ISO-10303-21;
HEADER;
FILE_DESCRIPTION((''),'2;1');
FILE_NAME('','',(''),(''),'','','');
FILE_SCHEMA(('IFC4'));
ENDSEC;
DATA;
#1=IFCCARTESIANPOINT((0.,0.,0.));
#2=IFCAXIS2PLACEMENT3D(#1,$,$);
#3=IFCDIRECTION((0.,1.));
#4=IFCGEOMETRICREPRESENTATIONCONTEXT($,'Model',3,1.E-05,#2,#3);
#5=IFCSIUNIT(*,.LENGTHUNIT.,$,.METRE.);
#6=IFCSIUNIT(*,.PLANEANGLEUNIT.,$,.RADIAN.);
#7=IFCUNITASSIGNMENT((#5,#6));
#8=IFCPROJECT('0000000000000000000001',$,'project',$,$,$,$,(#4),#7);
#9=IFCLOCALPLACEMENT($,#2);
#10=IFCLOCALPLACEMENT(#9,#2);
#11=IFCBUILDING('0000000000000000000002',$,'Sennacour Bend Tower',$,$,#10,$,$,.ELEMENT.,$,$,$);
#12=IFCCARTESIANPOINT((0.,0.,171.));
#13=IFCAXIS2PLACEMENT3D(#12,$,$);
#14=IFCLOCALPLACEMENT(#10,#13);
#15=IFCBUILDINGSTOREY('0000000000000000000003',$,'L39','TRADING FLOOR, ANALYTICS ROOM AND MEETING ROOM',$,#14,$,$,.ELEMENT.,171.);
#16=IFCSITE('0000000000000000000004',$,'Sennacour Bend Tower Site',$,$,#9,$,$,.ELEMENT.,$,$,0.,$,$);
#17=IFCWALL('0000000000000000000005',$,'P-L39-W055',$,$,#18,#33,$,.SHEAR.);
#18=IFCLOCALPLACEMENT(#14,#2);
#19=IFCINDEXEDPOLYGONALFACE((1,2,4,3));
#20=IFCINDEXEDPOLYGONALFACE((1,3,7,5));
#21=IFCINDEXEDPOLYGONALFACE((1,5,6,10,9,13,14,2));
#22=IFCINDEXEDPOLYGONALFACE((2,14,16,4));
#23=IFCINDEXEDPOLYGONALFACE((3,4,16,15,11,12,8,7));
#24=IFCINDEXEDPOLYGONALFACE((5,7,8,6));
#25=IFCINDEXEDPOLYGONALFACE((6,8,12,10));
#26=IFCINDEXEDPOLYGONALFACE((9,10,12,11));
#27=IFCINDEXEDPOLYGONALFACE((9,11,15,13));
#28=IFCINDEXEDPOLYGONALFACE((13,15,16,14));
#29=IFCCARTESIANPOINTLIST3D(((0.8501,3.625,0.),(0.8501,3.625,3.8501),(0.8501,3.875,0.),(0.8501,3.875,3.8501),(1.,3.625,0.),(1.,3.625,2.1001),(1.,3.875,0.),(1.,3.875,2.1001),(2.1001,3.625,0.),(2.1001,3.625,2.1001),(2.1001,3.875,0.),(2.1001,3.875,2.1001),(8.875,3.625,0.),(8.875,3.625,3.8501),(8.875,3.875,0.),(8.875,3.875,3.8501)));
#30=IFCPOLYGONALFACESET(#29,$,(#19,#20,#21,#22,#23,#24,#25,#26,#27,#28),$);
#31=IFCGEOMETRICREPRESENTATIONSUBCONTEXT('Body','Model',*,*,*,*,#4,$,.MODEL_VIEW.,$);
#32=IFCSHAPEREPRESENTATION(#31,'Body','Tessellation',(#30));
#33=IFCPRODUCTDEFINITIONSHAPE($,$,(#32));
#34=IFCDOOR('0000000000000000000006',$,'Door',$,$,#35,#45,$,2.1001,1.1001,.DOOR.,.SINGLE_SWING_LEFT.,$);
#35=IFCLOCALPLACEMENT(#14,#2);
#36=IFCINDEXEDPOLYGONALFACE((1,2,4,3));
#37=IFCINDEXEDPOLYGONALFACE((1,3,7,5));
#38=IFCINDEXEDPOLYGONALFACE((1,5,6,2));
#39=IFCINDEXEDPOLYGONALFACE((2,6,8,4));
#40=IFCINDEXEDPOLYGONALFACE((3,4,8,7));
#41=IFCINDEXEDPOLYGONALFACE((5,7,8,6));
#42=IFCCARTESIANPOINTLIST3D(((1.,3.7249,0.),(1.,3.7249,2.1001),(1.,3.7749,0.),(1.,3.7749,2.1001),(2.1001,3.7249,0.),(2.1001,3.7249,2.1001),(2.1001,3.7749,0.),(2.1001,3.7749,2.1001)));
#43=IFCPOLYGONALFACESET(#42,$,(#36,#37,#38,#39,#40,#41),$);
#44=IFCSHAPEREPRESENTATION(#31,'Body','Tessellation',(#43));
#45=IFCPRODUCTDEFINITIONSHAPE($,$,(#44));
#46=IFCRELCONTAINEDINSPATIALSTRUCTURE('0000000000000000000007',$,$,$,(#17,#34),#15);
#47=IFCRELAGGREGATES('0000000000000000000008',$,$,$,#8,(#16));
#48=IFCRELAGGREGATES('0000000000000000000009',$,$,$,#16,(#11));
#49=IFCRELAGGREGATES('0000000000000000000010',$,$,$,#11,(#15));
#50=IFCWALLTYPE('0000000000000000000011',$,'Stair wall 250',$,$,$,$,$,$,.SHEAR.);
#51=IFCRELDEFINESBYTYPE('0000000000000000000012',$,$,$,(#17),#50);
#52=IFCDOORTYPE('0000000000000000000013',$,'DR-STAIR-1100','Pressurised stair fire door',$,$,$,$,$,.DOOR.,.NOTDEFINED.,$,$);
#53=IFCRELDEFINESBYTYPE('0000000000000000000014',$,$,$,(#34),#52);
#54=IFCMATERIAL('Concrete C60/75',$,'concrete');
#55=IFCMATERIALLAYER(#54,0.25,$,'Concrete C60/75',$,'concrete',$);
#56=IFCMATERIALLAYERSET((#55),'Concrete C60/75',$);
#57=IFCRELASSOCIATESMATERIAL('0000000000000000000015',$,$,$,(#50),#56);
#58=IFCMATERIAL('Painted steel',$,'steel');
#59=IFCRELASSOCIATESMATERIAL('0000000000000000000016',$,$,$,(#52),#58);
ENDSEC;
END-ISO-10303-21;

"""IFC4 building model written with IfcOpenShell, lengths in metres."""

from ifc_helpers import new_model, si_unit, direction, frame, frame_2d, origin, place, context, subcontext, project, spatial, rectangle, extrude, material, layer, layer_set, type_object, element, fill, save


model = new_model("IFC4")

# Units and contexts
model_context = context("Model", 3, precision=1e-05, world=origin(), true_north=direction((0.0, 1.0)))
body_context = subcontext(model_context, "Body", "Model", "MODEL_VIEW")
ifc_project = project(units=[si_unit("LENGTHUNIT", "METRE"), si_unit("PLANEANGLEUNIT", "RADIAN")], contexts=[model_context])

# Site, building, storey
site_placement = place(None, origin())
site = spatial("IfcSite", under=ifc_project, at=site_placement, Name="Sennacour Bend Tower Site", CompositionType="ELEMENT", RefElevation=0.0)
building_placement = place(site_placement, origin())
building = spatial("IfcBuilding", under=site, at=building_placement, Name="Sennacour Bend Tower", CompositionType="ELEMENT")
storey_placement = place(building_placement, frame((0.0, 0.0, 171.0)))
storey = spatial("IfcBuildingStorey", under=building, at=storey_placement, Name="L39", Description="TRADING FLOOR, ANALYTICS ROOM AND MEETING ROOM", CompositionType="ELEMENT", Elevation=171.0)

# Shared definitions
ifc_material_1 = material(Name="Painted steel", Category="steel")

# Wall, opening, door
ifc_material_2 = material(Name="Concrete C60/75", Category="concrete")
ifc_layer_1 = layer(ifc_material_2, 0.25, Name="Concrete C60/75", Category="concrete")
ifc_layer_set_1 = layer_set([ifc_layer_1], Name="Concrete C60/75")
wall_type_1 = type_object("IfcWallType", Name="Stair wall 250", PredefinedType="SHEAR", material=ifc_layer_set_1)
wall_1_placement = place(storey_placement, frame((0.8501, 3.75, 0.0), z_axis=(0.0, 0.0, 1.0), x_axis=(1.0, 0.0, 0.0)))
wall_1 = element("IfcWall", 1, at=wall_1_placement, inside=storey, type_object=wall_type_1, Name="P-L39-W055", PredefinedType="SHEAR", context=body_context, shape_type="SweptSolid", body=[
    extrude(rectangle(XDim=8.0249, YDim=0.25, at=frame_2d((4.0125, 0.0))), origin(), (0.0, 0.0, 1.0), 3.8501),
])
opening_1_placement = place(wall_1_placement, frame((0.1499, 0.0, 0.0)))
opening_1 = element("IfcOpeningElement", 2, at=opening_1_placement, cuts=wall_1, PredefinedType="OPENING", context=body_context, shape_type="SweptSolid", body=[
    extrude(rectangle(XDim=1.1001, YDim=2.1001, at=frame_2d((0.55, 1.05))), frame((0.0, 0.135, 0.0), z_axis=(0.0, -1.0, 0.0), x_axis=(1.0, 0.0, 0.0)), (0.0, 0.0, 1.0), 0.27),
])
door_type_1 = type_object("IfcDoorType", Name="DR-STAIR-1100", Description="Pressurised stair fire door", OperationType="NOTDEFINED", PredefinedType="DOOR", material=ifc_material_1)
door_1_placement = place(opening_1_placement, origin())
door_1 = element("IfcDoor", 3, at=door_1_placement, inside=storey, type_object=door_type_1, Name="Door", OperationType="SINGLE_SWING_LEFT", OverallHeight=2.1001, OverallWidth=1.1001, PredefinedType="DOOR", context=body_context, shape_type="SweptSolid", body=[
    extrude(rectangle(XDim=1.1001, YDim=2.1001, at=frame_2d((0.55, 1.05))), frame((0.0, 0.0249, 0.0), z_axis=(0.0, -1.0, 0.0), x_axis=(1.0, 0.0, 0.0)), (0.0, 0.0, 1.0), 0.05),
])
fill(opening_1, door_1)

save(model, "model.ifc")
